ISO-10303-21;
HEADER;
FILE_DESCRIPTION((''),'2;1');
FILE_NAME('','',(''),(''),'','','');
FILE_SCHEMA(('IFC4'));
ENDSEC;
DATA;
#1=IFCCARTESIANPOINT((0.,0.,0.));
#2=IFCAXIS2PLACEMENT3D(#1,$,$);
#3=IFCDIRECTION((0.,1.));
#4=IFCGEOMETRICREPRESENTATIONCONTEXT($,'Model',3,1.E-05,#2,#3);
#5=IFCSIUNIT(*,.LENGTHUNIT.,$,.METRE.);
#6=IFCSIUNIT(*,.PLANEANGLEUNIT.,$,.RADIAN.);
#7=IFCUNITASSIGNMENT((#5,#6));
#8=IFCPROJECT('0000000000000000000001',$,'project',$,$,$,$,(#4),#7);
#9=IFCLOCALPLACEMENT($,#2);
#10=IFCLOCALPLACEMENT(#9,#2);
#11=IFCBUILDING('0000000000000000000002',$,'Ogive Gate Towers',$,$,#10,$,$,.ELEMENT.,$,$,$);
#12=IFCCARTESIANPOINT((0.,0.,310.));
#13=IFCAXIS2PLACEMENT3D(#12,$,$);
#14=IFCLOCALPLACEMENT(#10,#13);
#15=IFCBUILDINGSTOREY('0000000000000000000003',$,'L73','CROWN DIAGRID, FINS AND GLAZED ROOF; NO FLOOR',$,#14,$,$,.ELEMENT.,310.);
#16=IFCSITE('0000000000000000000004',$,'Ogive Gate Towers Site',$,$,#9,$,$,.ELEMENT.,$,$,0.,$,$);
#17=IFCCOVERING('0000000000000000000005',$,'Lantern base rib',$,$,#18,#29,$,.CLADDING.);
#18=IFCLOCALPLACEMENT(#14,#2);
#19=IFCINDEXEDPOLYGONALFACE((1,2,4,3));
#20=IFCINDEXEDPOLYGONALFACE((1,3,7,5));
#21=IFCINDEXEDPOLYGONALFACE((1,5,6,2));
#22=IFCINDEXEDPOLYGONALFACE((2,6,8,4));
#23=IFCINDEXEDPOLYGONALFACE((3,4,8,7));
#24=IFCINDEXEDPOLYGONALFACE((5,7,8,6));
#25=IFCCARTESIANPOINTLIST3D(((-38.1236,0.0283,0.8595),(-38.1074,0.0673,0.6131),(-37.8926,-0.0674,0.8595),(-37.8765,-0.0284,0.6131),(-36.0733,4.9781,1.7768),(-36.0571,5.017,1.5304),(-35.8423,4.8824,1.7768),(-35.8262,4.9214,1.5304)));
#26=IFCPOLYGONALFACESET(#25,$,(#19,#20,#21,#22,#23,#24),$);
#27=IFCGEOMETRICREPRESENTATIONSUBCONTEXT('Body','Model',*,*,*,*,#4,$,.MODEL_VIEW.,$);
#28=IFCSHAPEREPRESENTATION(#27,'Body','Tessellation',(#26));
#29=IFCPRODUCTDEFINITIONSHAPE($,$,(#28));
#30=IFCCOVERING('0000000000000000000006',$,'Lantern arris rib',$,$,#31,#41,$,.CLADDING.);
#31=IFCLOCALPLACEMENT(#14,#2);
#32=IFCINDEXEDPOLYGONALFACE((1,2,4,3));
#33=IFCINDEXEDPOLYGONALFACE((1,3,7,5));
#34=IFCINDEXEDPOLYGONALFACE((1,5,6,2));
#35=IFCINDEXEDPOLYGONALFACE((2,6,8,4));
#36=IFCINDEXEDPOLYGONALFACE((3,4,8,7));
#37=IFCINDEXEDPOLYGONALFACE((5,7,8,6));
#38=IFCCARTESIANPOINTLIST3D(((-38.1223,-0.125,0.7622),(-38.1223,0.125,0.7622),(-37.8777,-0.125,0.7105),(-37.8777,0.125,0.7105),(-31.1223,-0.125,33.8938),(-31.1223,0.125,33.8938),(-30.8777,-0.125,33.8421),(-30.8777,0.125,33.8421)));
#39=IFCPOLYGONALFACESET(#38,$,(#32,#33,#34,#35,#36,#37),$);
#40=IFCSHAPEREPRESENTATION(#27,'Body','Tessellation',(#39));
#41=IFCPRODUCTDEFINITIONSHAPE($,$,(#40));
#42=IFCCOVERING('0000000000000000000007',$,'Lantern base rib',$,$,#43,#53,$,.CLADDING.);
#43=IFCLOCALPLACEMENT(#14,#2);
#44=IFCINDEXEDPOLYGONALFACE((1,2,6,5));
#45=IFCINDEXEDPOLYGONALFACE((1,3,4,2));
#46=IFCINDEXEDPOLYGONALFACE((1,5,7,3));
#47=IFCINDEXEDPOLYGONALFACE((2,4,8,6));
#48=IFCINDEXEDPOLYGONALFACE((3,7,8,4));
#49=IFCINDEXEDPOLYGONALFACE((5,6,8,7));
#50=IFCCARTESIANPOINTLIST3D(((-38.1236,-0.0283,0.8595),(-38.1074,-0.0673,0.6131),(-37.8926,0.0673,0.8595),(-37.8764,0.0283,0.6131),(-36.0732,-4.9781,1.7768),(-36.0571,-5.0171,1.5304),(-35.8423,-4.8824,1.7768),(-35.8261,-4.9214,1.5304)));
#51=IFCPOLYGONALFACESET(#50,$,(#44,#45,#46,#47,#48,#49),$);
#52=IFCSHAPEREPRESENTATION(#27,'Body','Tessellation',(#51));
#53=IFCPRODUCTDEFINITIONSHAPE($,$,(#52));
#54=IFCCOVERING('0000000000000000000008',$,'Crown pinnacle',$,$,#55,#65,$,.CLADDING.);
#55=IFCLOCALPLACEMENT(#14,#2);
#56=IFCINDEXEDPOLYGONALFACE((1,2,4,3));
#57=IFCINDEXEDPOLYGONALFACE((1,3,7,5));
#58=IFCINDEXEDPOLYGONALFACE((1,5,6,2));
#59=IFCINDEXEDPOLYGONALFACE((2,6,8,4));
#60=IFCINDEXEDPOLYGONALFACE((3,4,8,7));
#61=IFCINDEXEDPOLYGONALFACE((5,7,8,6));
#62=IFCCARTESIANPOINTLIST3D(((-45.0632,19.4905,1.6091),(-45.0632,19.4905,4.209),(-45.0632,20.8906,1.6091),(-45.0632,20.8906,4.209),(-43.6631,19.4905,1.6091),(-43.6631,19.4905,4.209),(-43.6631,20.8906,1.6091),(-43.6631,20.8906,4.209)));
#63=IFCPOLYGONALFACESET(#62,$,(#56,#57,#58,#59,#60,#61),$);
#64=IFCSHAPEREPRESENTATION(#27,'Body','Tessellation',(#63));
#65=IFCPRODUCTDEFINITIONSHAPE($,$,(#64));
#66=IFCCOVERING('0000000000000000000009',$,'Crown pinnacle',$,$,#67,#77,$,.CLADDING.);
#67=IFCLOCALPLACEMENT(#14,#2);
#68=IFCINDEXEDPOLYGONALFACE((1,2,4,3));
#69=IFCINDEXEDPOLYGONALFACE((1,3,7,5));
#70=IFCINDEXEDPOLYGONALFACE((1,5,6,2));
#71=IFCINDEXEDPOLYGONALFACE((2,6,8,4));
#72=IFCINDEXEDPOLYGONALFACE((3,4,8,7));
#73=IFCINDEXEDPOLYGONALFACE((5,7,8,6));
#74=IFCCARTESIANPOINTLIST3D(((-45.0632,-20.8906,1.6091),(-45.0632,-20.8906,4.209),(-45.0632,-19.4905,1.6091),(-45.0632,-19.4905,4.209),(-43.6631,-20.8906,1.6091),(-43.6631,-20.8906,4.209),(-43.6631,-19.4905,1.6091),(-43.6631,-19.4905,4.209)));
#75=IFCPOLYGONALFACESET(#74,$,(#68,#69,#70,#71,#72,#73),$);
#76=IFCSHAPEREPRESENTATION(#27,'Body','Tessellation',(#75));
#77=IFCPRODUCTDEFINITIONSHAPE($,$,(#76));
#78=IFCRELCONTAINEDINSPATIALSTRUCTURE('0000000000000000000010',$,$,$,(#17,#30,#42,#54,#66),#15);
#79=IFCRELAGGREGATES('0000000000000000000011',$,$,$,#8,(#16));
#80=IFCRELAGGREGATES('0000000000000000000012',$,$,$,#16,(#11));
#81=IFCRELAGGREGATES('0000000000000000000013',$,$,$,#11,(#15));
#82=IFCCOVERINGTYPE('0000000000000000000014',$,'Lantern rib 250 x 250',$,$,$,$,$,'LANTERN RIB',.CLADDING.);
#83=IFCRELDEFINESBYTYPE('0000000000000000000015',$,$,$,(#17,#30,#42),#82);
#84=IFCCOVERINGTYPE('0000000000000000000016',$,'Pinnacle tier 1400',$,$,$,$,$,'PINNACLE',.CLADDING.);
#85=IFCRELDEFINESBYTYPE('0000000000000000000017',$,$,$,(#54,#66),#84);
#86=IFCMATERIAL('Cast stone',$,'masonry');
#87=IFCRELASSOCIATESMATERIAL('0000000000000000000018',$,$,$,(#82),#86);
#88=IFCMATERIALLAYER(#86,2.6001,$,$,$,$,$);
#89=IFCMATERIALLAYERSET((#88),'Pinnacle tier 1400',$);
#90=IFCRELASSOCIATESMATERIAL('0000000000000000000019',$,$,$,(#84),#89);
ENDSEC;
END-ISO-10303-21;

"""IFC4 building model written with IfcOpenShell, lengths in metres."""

from ifc_helpers import new_model, si_unit, direction, frame, origin, origin_2d, place, context, subcontext, project, spatial, polyline, rectangle, outline, extrude, material, layer, layer_set, material_profile, profile_set, type_object, element, save


model = new_model("IFC4")

# Units and contexts
model_context = context("Model", 3, precision=1e-05, world=origin(), true_north=direction((0.0, 1.0)))
body_context = subcontext(model_context, "Body", "Model", "MODEL_VIEW")
ifc_project = project(units=[si_unit("LENGTHUNIT", "METRE"), si_unit("PLANEANGLEUNIT", "RADIAN")], contexts=[model_context])

# Site, building, storey
site_placement = place(None, origin())
site = spatial("IfcSite", under=ifc_project, at=site_placement, Name="Ogive Gate Towers Site", CompositionType="ELEMENT", RefElevation=0.0)
building_placement = place(site_placement, origin())
building = spatial("IfcBuilding", under=site, at=building_placement, Name="Ogive Gate Towers", CompositionType="ELEMENT")
storey_placement = place(building_placement, frame((0.0, 0.0, 310.0)))
storey = spatial("IfcBuildingStorey", under=building, at=storey_placement, Name="L73", Description="CROWN DIAGRID, FINS AND GLAZED ROOF; NO FLOOR", CompositionType="ELEMENT", Elevation=310.0)

# Coverings
ifc_material_1 = material(Name="Cast stone", Category="masonry")
ifc_material_profile_1 = material_profile(ifc_material_1, rectangle(XDim=0.25, YDim=0.25, at=origin_2d()), Name="250 x 250 cast stone")
ifc_profile_set_1 = profile_set([ifc_material_profile_1], Name="Cast stone")
covering_type_1 = type_object("IfcCoveringType", Name="Lantern rib 250 x 250", ElementType="LANTERN RIB", PredefinedType="CLADDING", material=ifc_profile_set_1)
covering_1_placement = place(storey_placement, frame((-35.9497, 4.9497, 1.6536), z_axis=(-0.377204, -0.910626, -0.168749), x_axis=(0.923876, -0.382693, 0.0)))
element("IfcCovering", 1, at=covering_1_placement, inside=storey, type_object=covering_type_1, Name="Lantern base rib", PredefinedType="CLADDING", context=body_context, shape_type="SweptSolid", body=[
    extrude(rectangle(XDim=0.25, YDim=0.25, at=origin_2d()), origin(), (0.0, 0.0, 1.0), 5.4355),
])
covering_2_placement = place(storey_placement, frame((-38.0, 0.0, 0.7363), z_axis=(0.206715, 0.0, 0.978401), x_axis=(0.0, 1.0, 0.0)))
element("IfcCovering", 2, at=covering_2_placement, inside=storey, type_object=covering_type_1, Name="Lantern arris rib", PredefinedType="CLADDING", context=body_context, shape_type="SweptSolid", body=[
    extrude(rectangle(XDim=0.25, YDim=0.25, at=origin_2d()), origin(), (0.0, 0.0, 1.0), 33.863),
])
covering_3_placement = place(storey_placement, frame((-38.0, 0.0, 0.7363), z_axis=(0.377204, -0.910626, 0.168749), x_axis=(0.923876, 0.382693, 0.0)))
element("IfcCovering", 3, at=covering_3_placement, inside=storey, type_object=covering_type_1, Name="Lantern base rib", PredefinedType="CLADDING", context=body_context, shape_type="SweptSolid", body=[
    extrude(rectangle(XDim=0.25, YDim=0.25, at=origin_2d()), origin(), (0.0, 0.0, 1.0), 5.4355),
])
ifc_layer_1 = layer(ifc_material_1, 2.6001)
ifc_layer_set_1 = layer_set([ifc_layer_1], Name="Pinnacle tier 1400")
covering_type_2 = type_object("IfcCoveringType", Name="Pinnacle tier 1400", ElementType="PINNACLE", PredefinedType="CLADDING", material=ifc_layer_set_1)
covering_4_placement = place(storey_placement, frame((0.0, 0.0, 1.6091)))
element("IfcCovering", 4, at=covering_4_placement, inside=storey, type_object=covering_type_2, Name="Crown pinnacle", PredefinedType="CLADDING", context=body_context, shape_type="SweptSolid", body=[
    extrude(outline(polyline([(-45.0632, 19.4905), (-43.6631, 19.4905), (-43.6631, 20.8906), (-45.0632, 20.8906), (-45.0632, 19.4905)])), origin(), (0.0, 0.0, 1.0), 2.5999),
])
covering_5_placement = place(storey_placement, frame((0.0, 0.0, 1.6091)))
element("IfcCovering", 5, at=covering_5_placement, inside=storey, type_object=covering_type_2, Name="Crown pinnacle", PredefinedType="CLADDING", context=body_context, shape_type="SweptSolid", body=[
    extrude(outline(polyline([(-45.0632, -20.8906), (-43.6631, -20.8906), (-43.6631, -19.4905), (-45.0632, -19.4905), (-45.0632, -20.8906)])), origin(), (0.0, 0.0, 1.0), 2.5999),
])

save(model, "model.ifc")
